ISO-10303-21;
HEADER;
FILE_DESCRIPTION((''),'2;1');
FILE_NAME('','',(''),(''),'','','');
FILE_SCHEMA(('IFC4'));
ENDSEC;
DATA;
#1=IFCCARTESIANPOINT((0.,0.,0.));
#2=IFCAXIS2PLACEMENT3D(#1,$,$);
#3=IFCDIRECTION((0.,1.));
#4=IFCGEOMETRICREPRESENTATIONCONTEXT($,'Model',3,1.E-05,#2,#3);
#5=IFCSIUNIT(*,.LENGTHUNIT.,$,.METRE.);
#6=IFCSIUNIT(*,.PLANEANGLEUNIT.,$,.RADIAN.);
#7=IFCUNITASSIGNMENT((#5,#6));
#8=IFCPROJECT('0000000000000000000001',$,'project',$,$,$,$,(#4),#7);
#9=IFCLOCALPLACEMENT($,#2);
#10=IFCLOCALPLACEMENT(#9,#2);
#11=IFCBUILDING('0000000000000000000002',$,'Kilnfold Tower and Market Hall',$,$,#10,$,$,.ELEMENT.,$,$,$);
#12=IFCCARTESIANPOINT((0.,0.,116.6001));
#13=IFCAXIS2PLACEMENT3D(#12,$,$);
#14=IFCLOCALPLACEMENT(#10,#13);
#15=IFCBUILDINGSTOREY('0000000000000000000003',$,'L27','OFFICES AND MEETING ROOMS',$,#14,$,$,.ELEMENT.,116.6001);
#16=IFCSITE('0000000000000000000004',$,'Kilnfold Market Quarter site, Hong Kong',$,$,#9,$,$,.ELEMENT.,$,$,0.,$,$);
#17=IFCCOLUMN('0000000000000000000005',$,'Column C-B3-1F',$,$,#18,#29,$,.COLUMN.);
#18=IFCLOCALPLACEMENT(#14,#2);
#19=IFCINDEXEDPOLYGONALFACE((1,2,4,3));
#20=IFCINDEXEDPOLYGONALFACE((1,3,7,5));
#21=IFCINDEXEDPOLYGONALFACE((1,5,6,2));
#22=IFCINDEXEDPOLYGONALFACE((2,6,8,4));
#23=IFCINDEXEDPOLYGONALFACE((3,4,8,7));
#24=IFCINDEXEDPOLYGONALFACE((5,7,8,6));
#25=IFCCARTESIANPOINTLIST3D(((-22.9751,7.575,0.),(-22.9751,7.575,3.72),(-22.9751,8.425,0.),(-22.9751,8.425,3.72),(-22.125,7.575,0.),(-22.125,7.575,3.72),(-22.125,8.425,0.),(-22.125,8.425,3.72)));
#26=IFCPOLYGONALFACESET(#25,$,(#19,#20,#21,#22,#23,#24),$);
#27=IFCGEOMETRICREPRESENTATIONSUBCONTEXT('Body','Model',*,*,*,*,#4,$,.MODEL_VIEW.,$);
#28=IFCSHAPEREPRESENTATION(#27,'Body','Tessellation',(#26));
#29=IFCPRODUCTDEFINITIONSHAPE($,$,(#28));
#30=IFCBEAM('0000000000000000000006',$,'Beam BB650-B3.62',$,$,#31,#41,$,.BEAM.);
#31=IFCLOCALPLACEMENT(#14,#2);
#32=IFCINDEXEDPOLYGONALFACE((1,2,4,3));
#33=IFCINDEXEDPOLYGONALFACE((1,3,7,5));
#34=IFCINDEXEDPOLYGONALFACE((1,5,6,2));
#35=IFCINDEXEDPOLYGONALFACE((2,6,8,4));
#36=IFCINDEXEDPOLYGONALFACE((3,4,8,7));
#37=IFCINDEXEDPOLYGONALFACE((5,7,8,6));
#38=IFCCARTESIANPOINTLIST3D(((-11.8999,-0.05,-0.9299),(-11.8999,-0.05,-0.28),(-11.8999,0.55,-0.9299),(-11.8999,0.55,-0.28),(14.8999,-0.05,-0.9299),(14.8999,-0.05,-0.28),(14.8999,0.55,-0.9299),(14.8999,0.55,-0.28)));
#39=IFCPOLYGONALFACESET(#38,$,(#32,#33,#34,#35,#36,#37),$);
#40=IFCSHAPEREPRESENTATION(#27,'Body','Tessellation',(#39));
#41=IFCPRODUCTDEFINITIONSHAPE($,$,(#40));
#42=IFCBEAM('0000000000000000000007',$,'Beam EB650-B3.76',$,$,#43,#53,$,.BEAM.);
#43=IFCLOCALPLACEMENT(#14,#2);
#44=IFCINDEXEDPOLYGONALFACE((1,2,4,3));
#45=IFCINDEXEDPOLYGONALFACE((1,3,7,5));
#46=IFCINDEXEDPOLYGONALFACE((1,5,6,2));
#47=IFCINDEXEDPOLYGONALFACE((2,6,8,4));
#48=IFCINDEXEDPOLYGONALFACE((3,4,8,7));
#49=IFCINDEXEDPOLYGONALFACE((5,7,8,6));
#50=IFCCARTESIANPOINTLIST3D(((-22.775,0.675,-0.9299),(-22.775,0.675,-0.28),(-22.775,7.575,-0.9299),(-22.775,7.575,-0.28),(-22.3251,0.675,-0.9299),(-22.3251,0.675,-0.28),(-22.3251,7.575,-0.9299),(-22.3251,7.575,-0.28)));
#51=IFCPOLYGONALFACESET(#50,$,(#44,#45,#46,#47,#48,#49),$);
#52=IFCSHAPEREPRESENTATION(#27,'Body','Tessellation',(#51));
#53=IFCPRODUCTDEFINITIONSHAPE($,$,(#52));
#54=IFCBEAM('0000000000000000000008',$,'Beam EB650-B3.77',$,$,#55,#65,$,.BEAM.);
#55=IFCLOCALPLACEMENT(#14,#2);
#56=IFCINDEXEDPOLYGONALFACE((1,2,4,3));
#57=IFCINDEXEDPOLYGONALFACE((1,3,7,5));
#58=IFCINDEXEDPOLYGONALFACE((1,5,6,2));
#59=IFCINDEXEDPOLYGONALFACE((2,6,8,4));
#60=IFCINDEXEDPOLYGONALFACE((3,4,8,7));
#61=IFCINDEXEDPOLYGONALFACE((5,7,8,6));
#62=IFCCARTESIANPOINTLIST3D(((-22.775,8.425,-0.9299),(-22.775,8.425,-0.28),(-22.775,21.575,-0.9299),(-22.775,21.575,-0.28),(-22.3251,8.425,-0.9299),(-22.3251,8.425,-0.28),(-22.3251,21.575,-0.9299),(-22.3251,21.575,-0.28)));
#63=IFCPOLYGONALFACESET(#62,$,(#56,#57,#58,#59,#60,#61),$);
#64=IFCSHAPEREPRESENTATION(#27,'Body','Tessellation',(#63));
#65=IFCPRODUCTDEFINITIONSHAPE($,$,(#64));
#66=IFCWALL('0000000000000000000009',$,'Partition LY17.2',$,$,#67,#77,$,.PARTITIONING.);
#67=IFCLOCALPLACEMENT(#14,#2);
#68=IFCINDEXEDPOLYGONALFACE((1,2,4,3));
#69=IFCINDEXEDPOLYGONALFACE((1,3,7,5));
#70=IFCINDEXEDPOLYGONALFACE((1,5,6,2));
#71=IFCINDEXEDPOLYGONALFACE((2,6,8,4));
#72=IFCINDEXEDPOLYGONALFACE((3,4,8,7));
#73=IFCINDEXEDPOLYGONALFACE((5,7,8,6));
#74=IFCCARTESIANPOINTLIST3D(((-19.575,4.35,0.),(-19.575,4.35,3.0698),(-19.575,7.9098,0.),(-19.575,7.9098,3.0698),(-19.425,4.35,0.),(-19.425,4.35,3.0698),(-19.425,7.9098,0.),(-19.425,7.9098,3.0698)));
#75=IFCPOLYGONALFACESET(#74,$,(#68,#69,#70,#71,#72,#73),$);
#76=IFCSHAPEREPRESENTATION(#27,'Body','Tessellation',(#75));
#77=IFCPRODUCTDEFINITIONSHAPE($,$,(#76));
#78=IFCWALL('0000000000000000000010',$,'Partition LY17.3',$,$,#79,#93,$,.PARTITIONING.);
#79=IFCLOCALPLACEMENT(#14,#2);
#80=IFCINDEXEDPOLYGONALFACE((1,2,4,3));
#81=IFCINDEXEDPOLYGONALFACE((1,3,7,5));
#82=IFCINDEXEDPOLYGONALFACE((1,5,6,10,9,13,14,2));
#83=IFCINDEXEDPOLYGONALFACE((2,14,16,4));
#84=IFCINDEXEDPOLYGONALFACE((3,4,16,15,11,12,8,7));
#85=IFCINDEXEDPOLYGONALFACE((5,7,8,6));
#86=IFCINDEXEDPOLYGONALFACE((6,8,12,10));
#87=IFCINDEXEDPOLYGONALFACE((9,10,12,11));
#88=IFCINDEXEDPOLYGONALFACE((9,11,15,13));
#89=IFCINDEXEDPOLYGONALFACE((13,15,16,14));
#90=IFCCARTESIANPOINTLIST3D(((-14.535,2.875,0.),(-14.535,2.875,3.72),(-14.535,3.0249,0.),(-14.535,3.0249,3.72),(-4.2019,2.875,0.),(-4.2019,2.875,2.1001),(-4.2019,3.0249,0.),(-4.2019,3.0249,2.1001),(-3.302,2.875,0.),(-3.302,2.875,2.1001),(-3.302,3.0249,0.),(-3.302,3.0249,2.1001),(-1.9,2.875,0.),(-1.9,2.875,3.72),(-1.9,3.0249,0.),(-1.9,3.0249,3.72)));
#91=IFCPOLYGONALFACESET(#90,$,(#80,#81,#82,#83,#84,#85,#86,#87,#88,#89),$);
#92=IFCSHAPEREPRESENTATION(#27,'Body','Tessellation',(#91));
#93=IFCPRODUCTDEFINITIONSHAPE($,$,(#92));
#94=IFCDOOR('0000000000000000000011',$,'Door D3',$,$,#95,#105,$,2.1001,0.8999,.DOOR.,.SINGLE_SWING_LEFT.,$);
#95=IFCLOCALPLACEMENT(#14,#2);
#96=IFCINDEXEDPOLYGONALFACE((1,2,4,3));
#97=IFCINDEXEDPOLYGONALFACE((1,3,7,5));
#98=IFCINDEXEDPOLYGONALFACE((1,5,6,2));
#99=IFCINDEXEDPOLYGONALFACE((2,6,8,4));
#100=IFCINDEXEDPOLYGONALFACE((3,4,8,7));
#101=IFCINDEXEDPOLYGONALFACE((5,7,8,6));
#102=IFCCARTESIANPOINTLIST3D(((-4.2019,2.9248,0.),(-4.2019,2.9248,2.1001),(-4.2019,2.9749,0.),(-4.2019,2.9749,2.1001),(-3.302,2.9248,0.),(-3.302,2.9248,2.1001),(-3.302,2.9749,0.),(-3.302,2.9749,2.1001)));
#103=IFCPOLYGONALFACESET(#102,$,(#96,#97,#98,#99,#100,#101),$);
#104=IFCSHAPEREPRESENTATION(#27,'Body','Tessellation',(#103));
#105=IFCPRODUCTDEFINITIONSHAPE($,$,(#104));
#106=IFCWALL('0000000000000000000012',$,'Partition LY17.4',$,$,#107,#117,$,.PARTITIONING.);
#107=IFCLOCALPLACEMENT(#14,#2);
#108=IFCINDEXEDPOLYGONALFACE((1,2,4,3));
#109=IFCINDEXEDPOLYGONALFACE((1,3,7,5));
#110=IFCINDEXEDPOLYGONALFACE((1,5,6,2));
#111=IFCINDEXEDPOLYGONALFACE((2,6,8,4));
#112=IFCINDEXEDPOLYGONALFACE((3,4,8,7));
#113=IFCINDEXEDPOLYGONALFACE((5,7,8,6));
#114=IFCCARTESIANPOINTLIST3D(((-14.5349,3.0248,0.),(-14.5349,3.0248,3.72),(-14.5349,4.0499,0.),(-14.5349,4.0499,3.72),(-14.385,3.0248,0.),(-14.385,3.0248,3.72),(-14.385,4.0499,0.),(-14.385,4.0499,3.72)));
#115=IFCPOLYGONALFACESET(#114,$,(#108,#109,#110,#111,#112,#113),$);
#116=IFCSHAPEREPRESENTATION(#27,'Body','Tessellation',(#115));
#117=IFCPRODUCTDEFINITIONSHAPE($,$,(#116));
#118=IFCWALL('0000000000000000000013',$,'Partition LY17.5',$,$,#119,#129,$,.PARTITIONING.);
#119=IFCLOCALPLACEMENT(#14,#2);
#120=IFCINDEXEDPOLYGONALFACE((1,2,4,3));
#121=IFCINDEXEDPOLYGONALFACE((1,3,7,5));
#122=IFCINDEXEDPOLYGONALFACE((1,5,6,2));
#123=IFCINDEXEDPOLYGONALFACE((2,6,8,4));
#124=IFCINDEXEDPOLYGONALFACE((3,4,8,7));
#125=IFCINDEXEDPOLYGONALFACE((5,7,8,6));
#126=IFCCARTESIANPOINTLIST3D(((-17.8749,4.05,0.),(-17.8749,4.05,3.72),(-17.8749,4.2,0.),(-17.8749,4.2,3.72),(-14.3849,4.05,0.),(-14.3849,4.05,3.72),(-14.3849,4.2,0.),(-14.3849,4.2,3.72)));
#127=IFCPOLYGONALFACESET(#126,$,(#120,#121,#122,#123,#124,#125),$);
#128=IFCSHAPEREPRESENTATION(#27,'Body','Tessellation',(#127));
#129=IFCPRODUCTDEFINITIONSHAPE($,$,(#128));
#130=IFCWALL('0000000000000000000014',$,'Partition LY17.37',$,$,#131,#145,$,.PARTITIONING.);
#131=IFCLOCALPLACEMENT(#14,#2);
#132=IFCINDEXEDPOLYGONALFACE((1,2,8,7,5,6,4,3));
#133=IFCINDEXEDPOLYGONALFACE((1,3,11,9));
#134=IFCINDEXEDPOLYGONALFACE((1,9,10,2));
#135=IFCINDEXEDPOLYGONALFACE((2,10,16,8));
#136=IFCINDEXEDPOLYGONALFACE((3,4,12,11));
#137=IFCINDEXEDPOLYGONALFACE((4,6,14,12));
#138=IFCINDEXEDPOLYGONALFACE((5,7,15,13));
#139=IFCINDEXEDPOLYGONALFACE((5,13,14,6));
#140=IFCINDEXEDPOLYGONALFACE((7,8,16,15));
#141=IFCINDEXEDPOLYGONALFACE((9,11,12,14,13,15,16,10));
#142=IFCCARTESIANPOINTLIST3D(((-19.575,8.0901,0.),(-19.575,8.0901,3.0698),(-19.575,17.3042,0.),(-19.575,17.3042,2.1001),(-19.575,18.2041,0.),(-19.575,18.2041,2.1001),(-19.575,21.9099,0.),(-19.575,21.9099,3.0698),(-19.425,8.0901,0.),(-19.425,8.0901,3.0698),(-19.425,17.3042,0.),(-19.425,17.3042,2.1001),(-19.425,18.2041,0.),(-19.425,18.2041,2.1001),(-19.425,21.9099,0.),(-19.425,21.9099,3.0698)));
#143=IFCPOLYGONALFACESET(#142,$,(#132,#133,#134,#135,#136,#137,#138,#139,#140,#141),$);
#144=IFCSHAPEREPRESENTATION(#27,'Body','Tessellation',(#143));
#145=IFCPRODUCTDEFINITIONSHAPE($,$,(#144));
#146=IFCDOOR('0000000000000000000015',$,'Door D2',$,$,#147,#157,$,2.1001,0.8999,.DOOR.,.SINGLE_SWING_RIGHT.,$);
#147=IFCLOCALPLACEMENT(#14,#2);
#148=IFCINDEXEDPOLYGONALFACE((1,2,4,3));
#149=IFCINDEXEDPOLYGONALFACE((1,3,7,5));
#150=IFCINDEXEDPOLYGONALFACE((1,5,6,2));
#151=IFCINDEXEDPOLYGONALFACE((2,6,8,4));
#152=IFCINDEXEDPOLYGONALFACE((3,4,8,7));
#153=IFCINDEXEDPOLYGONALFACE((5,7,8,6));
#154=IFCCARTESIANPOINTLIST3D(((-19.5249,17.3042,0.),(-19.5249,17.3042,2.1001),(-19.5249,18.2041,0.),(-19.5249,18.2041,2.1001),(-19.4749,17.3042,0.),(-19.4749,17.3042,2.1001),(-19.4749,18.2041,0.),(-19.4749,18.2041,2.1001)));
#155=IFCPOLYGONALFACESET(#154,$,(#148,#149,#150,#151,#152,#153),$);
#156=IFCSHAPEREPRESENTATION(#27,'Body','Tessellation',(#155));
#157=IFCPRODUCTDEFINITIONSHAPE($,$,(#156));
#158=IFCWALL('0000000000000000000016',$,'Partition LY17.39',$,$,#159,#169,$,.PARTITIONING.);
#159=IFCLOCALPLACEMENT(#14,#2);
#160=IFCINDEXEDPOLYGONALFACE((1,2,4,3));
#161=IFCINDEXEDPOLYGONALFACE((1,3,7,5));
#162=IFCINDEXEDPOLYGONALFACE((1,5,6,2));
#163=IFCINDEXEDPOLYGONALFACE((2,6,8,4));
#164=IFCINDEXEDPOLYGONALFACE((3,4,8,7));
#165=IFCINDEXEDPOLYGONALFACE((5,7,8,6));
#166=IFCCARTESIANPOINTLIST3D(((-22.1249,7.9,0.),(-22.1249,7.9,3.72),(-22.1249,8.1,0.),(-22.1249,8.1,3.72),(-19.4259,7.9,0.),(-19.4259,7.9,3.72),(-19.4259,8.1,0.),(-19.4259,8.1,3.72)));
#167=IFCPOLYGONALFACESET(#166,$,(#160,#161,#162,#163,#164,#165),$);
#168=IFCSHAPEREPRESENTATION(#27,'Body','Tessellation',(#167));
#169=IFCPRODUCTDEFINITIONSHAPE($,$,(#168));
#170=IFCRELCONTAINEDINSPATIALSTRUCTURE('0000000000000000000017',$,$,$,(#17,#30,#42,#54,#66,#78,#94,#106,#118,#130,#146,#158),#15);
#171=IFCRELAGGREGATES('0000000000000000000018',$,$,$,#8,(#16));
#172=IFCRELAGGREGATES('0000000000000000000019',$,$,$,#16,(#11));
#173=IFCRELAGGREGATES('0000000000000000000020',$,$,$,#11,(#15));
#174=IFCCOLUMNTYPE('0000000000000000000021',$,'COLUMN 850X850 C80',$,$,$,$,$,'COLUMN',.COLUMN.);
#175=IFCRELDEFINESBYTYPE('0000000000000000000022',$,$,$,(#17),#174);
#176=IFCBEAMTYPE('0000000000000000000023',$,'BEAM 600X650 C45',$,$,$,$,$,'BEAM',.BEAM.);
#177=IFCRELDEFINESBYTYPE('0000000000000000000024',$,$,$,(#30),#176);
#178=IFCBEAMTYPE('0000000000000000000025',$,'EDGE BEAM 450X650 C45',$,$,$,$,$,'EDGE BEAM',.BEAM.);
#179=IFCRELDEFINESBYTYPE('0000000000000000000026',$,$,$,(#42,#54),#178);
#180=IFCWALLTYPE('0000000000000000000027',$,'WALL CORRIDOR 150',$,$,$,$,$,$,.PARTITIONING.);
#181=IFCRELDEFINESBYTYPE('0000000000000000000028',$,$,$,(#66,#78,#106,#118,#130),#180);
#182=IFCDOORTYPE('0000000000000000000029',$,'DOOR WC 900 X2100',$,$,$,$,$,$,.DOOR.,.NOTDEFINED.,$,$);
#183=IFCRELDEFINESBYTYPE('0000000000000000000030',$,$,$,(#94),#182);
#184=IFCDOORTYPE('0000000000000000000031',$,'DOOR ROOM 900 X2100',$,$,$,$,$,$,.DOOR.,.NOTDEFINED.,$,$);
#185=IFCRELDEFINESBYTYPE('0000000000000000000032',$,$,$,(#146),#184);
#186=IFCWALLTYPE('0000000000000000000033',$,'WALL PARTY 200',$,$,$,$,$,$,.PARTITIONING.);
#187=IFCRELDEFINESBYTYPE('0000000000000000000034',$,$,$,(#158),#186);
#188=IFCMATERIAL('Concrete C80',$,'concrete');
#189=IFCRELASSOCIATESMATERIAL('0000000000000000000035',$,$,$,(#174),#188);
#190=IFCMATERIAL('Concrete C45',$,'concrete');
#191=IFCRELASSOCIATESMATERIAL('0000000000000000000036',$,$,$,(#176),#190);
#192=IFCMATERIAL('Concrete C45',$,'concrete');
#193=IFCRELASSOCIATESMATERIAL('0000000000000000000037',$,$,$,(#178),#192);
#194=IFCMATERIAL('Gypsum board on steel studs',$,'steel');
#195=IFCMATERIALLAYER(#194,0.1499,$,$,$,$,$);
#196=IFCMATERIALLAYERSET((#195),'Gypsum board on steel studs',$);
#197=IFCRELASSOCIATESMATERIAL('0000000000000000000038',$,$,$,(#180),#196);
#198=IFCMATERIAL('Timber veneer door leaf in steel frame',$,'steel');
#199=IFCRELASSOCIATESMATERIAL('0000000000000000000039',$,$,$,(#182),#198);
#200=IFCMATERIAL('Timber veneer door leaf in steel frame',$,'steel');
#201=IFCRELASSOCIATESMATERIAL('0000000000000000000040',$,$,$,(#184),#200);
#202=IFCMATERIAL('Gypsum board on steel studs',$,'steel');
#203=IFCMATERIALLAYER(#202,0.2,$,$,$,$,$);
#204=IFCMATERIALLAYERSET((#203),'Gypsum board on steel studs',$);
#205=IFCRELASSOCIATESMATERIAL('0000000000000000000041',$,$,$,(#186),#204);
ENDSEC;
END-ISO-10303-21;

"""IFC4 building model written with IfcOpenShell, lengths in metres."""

from ifc_helpers import new_model, si_unit, direction, frame, frame_2d, origin, origin_2d, place, context, subcontext, project, spatial, rectangle, extrude, source, transform, mapped, material, layer, layer_set, material_profile, profile_set, type_object, element, fill, save


model = new_model("IFC4")

# Units and contexts
model_context = context("Model", 3, precision=1e-05, world=origin(), true_north=direction((0.0, 1.0)))
body_context = subcontext(model_context, "Body", "Model", "MODEL_VIEW")
ifc_project = project(units=[si_unit("LENGTHUNIT", "METRE"), si_unit("PLANEANGLEUNIT", "RADIAN")], contexts=[model_context])

# Site, building, storey
site_placement = place(None, origin())
site = spatial("IfcSite", under=ifc_project, at=site_placement, Name="Kilnfold Market Quarter site, Hong Kong", CompositionType="ELEMENT", RefElevation=0.0)
building_placement = place(site_placement, origin())
building = spatial("IfcBuilding", under=site, at=building_placement, Name="Kilnfold Tower and Market Hall", CompositionType="ELEMENT")
storey_placement = place(building_placement, frame((0.0, 0.0, 116.6001)))
storey = spatial("IfcBuildingStorey", under=building, at=storey_placement, Name="L27", Description="OFFICES AND MEETING ROOMS", CompositionType="ELEMENT", Elevation=116.6001)

# Column
ifc_material_1 = material(Name="Concrete C80", Category="concrete")
ifc_material_profile_1 = material_profile(ifc_material_1, rectangle(XDim=0.8501, YDim=0.8501, at=origin_2d()), Name="RC 850x850")
ifc_profile_set_1 = profile_set([ifc_material_profile_1], Name="Concrete C80")
column_type = type_object("IfcColumnType", Name="COLUMN 850X850 C80", ElementType="COLUMN", PredefinedType="COLUMN", material=ifc_profile_set_1)
shared_shape_1 = source(origin(), body_context, "Body", "SweptSolid", [
    extrude(rectangle(XDim=0.8501, YDim=0.8501, at=origin_2d()), origin(), (0.0, 0.0, 1.0), 3.72),
])
column_placement = place(storey_placement, frame((-22.55, 8.0, 0.0), z_axis=(0.0, 0.0, 1.0), x_axis=(1.0, 0.0, 0.0)))
element("IfcColumn", 1, at=column_placement, inside=storey, type_object=column_type, Name="Column C-B3-1F", PredefinedType="COLUMN", context=body_context, shape_type="MappedRepresentation", body=[
    mapped(shared_shape_1, transform((0.0, 0.0, 0.0))),
])

# Beams
ifc_material_2 = material(Name="Concrete C45", Category="concrete")
ifc_material_profile_2 = material_profile(ifc_material_2, rectangle(XDim=0.6001, YDim=0.6499, at=origin_2d()), Name="RC 600x650")
ifc_profile_set_2 = profile_set([ifc_material_profile_2], Name="Concrete C45")
beam_type_1 = type_object("IfcBeamType", Name="BEAM 600X650 C45", ElementType="BEAM", PredefinedType="BEAM", material=ifc_profile_set_2)
shared_shape_2 = source(origin(), body_context, "Body", "SweptSolid", [
    extrude(rectangle(XDim=0.6001, YDim=0.6499, at=origin_2d()), origin(), (0.0, 0.0, 1.0), 26.7998),
])
beam_1_placement = place(storey_placement, frame((-11.8999, 0.25, -0.605), z_axis=(1.0, 0.0, 0.0), x_axis=(0.0, 1.0, 0.0)))
element("IfcBeam", 2, at=beam_1_placement, inside=storey, type_object=beam_type_1, Name="Beam BB650-B3.62", PredefinedType="BEAM", context=body_context, shape_type="MappedRepresentation", body=[
    mapped(shared_shape_2, transform((0.0, 0.0, 0.0))),
])
ifc_material_3 = material(Name="Concrete C45", Category="concrete")
ifc_material_profile_3 = material_profile(ifc_material_3, rectangle(XDim=0.45, YDim=0.6499, at=origin_2d()), Name="RC 450x650")
ifc_profile_set_3 = profile_set([ifc_material_profile_3], Name="Concrete C45")
beam_type_2 = type_object("IfcBeamType", Name="EDGE BEAM 450X650 C45", ElementType="EDGE BEAM", PredefinedType="BEAM", material=ifc_profile_set_3)
shared_shape_3 = source(origin(), body_context, "Body", "SweptSolid", [
    extrude(rectangle(XDim=0.45, YDim=0.6499, at=origin_2d()), origin(), (0.0, 0.0, 1.0), 6.8999),
])
beam_2_placement = place(storey_placement, frame((-22.55, 0.675, -0.605), z_axis=(0.0, 1.0, 0.0), x_axis=(-1.0, 0.0, 0.0)))
element("IfcBeam", 3, at=beam_2_placement, inside=storey, type_object=beam_type_2, Name="Beam EB650-B3.76", PredefinedType="BEAM", context=body_context, shape_type="MappedRepresentation", body=[
    mapped(shared_shape_3, transform((0.0, 0.0, 0.0))),
])
shared_shape_4 = source(origin(), body_context, "Body", "SweptSolid", [
    extrude(rectangle(XDim=0.45, YDim=0.6499, at=origin_2d()), origin(), (0.0, 0.0, 1.0), 13.1499),
])
beam_3_placement = place(storey_placement, frame((-22.55, 8.425, -0.605), z_axis=(0.0, 1.0, 0.0), x_axis=(-1.0, 0.0, 0.0)))
element("IfcBeam", 4, at=beam_3_placement, inside=storey, type_object=beam_type_2, Name="Beam EB650-B3.77", PredefinedType="BEAM", context=body_context, shape_type="MappedRepresentation", body=[
    mapped(shared_shape_4, transform((0.0, 0.0, 0.0))),
])

# Wall
ifc_material_4 = material(Name="Gypsum board on steel studs", Category="steel")
ifc_layer_1 = layer(ifc_material_4, 0.1499)
ifc_layer_set_1 = layer_set([ifc_layer_1], Name="Gypsum board on steel studs")
wall_type_1 = type_object("IfcWallType", Name="WALL CORRIDOR 150", PredefinedType="PARTITIONING", material=ifc_layer_set_1)
wall_1_placement = place(storey_placement, frame((-19.5, 4.3501, 0.0), z_axis=(0.0, 0.0, 1.0), x_axis=(0.0, 1.0, 0.0)))
element("IfcWall", 5, at=wall_1_placement, inside=storey, type_object=wall_type_1, Name="Partition LY17.2", PredefinedType="PARTITIONING", context=body_context, shape_type="SweptSolid", body=[
    extrude(rectangle(XDim=3.5598, YDim=0.1499, at=frame_2d((1.7798, 0.0))), origin(), (0.0, 0.0, 1.0), 3.0698),
])

# Wall, opening, door
wall_2_placement = place(storey_placement, frame((-14.5349, 2.95, 0.0), z_axis=(0.0, 0.0, 1.0), x_axis=(1.0, 0.0, 0.0)))
wall_2 = element("IfcWall", 6, at=wall_2_placement, inside=storey, type_object=wall_type_1, Name="Partition LY17.3", PredefinedType="PARTITIONING", context=body_context, shape_type="SweptSolid", body=[
    extrude(rectangle(XDim=12.635, YDim=0.1499, at=frame_2d((6.3174, 0.0))), origin(), (0.0, 0.0, 1.0), 3.72),
])
opening_1_placement = place(wall_2_placement, frame((10.333, 0.0, 0.0)))
opening_1 = element("IfcOpeningElement", 7, at=opening_1_placement, cuts=wall_2, PredefinedType="OPENING", context=body_context, shape_type="SweptSolid", body=[
    extrude(rectangle(XDim=0.8999, YDim=2.1001, at=frame_2d((0.45, 1.05))), frame((0.0, 0.085, 0.0), z_axis=(0.0, -1.0, 0.0), x_axis=(1.0, 0.0, 0.0)), (0.0, 0.0, 1.0), 0.1699),
])
ifc_material_5 = material(Name="Timber veneer door leaf in steel frame", Category="steel")
door_type_1 = type_object("IfcDoorType", Name="DOOR WC 900 X2100", OperationType="NOTDEFINED", PredefinedType="DOOR", material=ifc_material_5)
door_1_placement = place(opening_1_placement, origin())
door_1 = element("IfcDoor", 8, at=door_1_placement, inside=storey, type_object=door_type_1, Name="Door D3", OperationType="SINGLE_SWING_LEFT", OverallHeight=2.1001, OverallWidth=0.8999, PredefinedType="DOOR", context=body_context, shape_type="SweptSolid", body=[
    extrude(rectangle(XDim=0.8999, YDim=2.1001, at=frame_2d((0.45, 1.05))), frame((0.0, 0.0249, 0.0), z_axis=(0.0, -1.0, 0.0), x_axis=(1.0, 0.0, 0.0)), (0.0, 0.0, 1.0), 0.05),
])
fill(opening_1, door_1)

# Walls
wall_3_placement = place(storey_placement, frame((-14.46, 4.05, 0.0), z_axis=(0.0, 0.0, 1.0), x_axis=(0.0, -1.0, 0.0)))
element("IfcWall", 9, at=wall_3_placement, inside=storey, type_object=wall_type_1, Name="Partition LY17.4", PredefinedType="PARTITIONING", context=body_context, shape_type="SweptSolid", body=[
    extrude(rectangle(XDim=1.0251, YDim=0.1499, at=frame_2d((0.5127, 0.0))), origin(), (0.0, 0.0, 1.0), 3.72),
])
wall_4_placement = place(storey_placement, frame((-17.875, 4.125, 0.0), z_axis=(0.0, 0.0, 1.0), x_axis=(1.0, 0.0, 0.0)))
element("IfcWall", 10, at=wall_4_placement, inside=storey, type_object=wall_type_1, Name="Partition LY17.5", PredefinedType="PARTITIONING", context=body_context, shape_type="SweptSolid", body=[
    extrude(rectangle(XDim=3.49, YDim=0.1499, at=frame_2d((1.7451, 0.0))), origin(), (0.0, 0.0, 1.0), 3.72),
])

# Wall, opening, door
wall_5_placement = place(storey_placement, frame((-19.5, 8.0901, 0.0), z_axis=(0.0, 0.0, 1.0), x_axis=(0.0, 1.0, 0.0)))
wall_5 = element("IfcWall", 11, at=wall_5_placement, inside=storey, type_object=wall_type_1, Name="Partition LY17.37", PredefinedType="PARTITIONING", context=body_context, shape_type="SweptSolid", body=[
    extrude(rectangle(XDim=13.8198, YDim=0.1499, at=frame_2d((6.9099, 0.0))), origin(), (0.0, 0.0, 1.0), 3.0698),
])
opening_2_placement = place(wall_5_placement, frame((9.2141, 0.0, 0.0)))
opening_2 = element("IfcOpeningElement", 12, at=opening_2_placement, cuts=wall_5, PredefinedType="OPENING", context=body_context, shape_type="SweptSolid", body=[
    extrude(rectangle(XDim=0.8999, YDim=2.1001, at=frame_2d((0.45, 1.05))), frame((0.0, 0.085, 0.0), z_axis=(0.0, -1.0, 0.0), x_axis=(1.0, 0.0, 0.0)), (0.0, 0.0, 1.0), 0.1699),
])
ifc_material_6 = material(Name="Timber veneer door leaf in steel frame", Category="steel")
door_type_2 = type_object("IfcDoorType", Name="DOOR ROOM 900 X2100", OperationType="NOTDEFINED", PredefinedType="DOOR", material=ifc_material_6)
door_2_placement = place(opening_2_placement, origin())
door_2 = element("IfcDoor", 13, at=door_2_placement, inside=storey, type_object=door_type_2, Name="Door D2", OperationType="SINGLE_SWING_RIGHT", OverallHeight=2.1001, OverallWidth=0.8999, PredefinedType="DOOR", context=body_context, shape_type="SweptSolid", body=[
    extrude(rectangle(XDim=0.8999, YDim=2.1001, at=frame_2d((0.45, 1.05))), frame((0.0, 0.0249, 0.0), z_axis=(0.0, -1.0, 0.0), x_axis=(1.0, 0.0, 0.0)), (0.0, 0.0, 1.0), 0.05),
])
fill(opening_2, door_2)

# Wall
ifc_material_7 = material(Name="Gypsum board on steel studs", Category="steel")
ifc_layer_2 = layer(ifc_material_7, 0.2)
ifc_layer_set_2 = layer_set([ifc_layer_2], Name="Gypsum board on steel studs")
wall_type_2 = type_object("IfcWallType", Name="WALL PARTY 200", PredefinedType="PARTITIONING", material=ifc_layer_set_2)
wall_6_placement = place(storey_placement, frame((-22.125, 8.0, 0.0), z_axis=(0.0, 0.0, 1.0), x_axis=(1.0, 0.0, 0.0)))
element("IfcWall", 14, at=wall_6_placement, inside=storey, type_object=wall_type_2, Name="Partition LY17.39", PredefinedType="PARTITIONING", context=body_context, shape_type="SweptSolid", body=[
    extrude(rectangle(XDim=2.699, YDim=0.2, at=frame_2d((1.3496, 0.0))), origin(), (0.0, 0.0, 1.0), 3.72),
])

save(model, "model.ifc")
